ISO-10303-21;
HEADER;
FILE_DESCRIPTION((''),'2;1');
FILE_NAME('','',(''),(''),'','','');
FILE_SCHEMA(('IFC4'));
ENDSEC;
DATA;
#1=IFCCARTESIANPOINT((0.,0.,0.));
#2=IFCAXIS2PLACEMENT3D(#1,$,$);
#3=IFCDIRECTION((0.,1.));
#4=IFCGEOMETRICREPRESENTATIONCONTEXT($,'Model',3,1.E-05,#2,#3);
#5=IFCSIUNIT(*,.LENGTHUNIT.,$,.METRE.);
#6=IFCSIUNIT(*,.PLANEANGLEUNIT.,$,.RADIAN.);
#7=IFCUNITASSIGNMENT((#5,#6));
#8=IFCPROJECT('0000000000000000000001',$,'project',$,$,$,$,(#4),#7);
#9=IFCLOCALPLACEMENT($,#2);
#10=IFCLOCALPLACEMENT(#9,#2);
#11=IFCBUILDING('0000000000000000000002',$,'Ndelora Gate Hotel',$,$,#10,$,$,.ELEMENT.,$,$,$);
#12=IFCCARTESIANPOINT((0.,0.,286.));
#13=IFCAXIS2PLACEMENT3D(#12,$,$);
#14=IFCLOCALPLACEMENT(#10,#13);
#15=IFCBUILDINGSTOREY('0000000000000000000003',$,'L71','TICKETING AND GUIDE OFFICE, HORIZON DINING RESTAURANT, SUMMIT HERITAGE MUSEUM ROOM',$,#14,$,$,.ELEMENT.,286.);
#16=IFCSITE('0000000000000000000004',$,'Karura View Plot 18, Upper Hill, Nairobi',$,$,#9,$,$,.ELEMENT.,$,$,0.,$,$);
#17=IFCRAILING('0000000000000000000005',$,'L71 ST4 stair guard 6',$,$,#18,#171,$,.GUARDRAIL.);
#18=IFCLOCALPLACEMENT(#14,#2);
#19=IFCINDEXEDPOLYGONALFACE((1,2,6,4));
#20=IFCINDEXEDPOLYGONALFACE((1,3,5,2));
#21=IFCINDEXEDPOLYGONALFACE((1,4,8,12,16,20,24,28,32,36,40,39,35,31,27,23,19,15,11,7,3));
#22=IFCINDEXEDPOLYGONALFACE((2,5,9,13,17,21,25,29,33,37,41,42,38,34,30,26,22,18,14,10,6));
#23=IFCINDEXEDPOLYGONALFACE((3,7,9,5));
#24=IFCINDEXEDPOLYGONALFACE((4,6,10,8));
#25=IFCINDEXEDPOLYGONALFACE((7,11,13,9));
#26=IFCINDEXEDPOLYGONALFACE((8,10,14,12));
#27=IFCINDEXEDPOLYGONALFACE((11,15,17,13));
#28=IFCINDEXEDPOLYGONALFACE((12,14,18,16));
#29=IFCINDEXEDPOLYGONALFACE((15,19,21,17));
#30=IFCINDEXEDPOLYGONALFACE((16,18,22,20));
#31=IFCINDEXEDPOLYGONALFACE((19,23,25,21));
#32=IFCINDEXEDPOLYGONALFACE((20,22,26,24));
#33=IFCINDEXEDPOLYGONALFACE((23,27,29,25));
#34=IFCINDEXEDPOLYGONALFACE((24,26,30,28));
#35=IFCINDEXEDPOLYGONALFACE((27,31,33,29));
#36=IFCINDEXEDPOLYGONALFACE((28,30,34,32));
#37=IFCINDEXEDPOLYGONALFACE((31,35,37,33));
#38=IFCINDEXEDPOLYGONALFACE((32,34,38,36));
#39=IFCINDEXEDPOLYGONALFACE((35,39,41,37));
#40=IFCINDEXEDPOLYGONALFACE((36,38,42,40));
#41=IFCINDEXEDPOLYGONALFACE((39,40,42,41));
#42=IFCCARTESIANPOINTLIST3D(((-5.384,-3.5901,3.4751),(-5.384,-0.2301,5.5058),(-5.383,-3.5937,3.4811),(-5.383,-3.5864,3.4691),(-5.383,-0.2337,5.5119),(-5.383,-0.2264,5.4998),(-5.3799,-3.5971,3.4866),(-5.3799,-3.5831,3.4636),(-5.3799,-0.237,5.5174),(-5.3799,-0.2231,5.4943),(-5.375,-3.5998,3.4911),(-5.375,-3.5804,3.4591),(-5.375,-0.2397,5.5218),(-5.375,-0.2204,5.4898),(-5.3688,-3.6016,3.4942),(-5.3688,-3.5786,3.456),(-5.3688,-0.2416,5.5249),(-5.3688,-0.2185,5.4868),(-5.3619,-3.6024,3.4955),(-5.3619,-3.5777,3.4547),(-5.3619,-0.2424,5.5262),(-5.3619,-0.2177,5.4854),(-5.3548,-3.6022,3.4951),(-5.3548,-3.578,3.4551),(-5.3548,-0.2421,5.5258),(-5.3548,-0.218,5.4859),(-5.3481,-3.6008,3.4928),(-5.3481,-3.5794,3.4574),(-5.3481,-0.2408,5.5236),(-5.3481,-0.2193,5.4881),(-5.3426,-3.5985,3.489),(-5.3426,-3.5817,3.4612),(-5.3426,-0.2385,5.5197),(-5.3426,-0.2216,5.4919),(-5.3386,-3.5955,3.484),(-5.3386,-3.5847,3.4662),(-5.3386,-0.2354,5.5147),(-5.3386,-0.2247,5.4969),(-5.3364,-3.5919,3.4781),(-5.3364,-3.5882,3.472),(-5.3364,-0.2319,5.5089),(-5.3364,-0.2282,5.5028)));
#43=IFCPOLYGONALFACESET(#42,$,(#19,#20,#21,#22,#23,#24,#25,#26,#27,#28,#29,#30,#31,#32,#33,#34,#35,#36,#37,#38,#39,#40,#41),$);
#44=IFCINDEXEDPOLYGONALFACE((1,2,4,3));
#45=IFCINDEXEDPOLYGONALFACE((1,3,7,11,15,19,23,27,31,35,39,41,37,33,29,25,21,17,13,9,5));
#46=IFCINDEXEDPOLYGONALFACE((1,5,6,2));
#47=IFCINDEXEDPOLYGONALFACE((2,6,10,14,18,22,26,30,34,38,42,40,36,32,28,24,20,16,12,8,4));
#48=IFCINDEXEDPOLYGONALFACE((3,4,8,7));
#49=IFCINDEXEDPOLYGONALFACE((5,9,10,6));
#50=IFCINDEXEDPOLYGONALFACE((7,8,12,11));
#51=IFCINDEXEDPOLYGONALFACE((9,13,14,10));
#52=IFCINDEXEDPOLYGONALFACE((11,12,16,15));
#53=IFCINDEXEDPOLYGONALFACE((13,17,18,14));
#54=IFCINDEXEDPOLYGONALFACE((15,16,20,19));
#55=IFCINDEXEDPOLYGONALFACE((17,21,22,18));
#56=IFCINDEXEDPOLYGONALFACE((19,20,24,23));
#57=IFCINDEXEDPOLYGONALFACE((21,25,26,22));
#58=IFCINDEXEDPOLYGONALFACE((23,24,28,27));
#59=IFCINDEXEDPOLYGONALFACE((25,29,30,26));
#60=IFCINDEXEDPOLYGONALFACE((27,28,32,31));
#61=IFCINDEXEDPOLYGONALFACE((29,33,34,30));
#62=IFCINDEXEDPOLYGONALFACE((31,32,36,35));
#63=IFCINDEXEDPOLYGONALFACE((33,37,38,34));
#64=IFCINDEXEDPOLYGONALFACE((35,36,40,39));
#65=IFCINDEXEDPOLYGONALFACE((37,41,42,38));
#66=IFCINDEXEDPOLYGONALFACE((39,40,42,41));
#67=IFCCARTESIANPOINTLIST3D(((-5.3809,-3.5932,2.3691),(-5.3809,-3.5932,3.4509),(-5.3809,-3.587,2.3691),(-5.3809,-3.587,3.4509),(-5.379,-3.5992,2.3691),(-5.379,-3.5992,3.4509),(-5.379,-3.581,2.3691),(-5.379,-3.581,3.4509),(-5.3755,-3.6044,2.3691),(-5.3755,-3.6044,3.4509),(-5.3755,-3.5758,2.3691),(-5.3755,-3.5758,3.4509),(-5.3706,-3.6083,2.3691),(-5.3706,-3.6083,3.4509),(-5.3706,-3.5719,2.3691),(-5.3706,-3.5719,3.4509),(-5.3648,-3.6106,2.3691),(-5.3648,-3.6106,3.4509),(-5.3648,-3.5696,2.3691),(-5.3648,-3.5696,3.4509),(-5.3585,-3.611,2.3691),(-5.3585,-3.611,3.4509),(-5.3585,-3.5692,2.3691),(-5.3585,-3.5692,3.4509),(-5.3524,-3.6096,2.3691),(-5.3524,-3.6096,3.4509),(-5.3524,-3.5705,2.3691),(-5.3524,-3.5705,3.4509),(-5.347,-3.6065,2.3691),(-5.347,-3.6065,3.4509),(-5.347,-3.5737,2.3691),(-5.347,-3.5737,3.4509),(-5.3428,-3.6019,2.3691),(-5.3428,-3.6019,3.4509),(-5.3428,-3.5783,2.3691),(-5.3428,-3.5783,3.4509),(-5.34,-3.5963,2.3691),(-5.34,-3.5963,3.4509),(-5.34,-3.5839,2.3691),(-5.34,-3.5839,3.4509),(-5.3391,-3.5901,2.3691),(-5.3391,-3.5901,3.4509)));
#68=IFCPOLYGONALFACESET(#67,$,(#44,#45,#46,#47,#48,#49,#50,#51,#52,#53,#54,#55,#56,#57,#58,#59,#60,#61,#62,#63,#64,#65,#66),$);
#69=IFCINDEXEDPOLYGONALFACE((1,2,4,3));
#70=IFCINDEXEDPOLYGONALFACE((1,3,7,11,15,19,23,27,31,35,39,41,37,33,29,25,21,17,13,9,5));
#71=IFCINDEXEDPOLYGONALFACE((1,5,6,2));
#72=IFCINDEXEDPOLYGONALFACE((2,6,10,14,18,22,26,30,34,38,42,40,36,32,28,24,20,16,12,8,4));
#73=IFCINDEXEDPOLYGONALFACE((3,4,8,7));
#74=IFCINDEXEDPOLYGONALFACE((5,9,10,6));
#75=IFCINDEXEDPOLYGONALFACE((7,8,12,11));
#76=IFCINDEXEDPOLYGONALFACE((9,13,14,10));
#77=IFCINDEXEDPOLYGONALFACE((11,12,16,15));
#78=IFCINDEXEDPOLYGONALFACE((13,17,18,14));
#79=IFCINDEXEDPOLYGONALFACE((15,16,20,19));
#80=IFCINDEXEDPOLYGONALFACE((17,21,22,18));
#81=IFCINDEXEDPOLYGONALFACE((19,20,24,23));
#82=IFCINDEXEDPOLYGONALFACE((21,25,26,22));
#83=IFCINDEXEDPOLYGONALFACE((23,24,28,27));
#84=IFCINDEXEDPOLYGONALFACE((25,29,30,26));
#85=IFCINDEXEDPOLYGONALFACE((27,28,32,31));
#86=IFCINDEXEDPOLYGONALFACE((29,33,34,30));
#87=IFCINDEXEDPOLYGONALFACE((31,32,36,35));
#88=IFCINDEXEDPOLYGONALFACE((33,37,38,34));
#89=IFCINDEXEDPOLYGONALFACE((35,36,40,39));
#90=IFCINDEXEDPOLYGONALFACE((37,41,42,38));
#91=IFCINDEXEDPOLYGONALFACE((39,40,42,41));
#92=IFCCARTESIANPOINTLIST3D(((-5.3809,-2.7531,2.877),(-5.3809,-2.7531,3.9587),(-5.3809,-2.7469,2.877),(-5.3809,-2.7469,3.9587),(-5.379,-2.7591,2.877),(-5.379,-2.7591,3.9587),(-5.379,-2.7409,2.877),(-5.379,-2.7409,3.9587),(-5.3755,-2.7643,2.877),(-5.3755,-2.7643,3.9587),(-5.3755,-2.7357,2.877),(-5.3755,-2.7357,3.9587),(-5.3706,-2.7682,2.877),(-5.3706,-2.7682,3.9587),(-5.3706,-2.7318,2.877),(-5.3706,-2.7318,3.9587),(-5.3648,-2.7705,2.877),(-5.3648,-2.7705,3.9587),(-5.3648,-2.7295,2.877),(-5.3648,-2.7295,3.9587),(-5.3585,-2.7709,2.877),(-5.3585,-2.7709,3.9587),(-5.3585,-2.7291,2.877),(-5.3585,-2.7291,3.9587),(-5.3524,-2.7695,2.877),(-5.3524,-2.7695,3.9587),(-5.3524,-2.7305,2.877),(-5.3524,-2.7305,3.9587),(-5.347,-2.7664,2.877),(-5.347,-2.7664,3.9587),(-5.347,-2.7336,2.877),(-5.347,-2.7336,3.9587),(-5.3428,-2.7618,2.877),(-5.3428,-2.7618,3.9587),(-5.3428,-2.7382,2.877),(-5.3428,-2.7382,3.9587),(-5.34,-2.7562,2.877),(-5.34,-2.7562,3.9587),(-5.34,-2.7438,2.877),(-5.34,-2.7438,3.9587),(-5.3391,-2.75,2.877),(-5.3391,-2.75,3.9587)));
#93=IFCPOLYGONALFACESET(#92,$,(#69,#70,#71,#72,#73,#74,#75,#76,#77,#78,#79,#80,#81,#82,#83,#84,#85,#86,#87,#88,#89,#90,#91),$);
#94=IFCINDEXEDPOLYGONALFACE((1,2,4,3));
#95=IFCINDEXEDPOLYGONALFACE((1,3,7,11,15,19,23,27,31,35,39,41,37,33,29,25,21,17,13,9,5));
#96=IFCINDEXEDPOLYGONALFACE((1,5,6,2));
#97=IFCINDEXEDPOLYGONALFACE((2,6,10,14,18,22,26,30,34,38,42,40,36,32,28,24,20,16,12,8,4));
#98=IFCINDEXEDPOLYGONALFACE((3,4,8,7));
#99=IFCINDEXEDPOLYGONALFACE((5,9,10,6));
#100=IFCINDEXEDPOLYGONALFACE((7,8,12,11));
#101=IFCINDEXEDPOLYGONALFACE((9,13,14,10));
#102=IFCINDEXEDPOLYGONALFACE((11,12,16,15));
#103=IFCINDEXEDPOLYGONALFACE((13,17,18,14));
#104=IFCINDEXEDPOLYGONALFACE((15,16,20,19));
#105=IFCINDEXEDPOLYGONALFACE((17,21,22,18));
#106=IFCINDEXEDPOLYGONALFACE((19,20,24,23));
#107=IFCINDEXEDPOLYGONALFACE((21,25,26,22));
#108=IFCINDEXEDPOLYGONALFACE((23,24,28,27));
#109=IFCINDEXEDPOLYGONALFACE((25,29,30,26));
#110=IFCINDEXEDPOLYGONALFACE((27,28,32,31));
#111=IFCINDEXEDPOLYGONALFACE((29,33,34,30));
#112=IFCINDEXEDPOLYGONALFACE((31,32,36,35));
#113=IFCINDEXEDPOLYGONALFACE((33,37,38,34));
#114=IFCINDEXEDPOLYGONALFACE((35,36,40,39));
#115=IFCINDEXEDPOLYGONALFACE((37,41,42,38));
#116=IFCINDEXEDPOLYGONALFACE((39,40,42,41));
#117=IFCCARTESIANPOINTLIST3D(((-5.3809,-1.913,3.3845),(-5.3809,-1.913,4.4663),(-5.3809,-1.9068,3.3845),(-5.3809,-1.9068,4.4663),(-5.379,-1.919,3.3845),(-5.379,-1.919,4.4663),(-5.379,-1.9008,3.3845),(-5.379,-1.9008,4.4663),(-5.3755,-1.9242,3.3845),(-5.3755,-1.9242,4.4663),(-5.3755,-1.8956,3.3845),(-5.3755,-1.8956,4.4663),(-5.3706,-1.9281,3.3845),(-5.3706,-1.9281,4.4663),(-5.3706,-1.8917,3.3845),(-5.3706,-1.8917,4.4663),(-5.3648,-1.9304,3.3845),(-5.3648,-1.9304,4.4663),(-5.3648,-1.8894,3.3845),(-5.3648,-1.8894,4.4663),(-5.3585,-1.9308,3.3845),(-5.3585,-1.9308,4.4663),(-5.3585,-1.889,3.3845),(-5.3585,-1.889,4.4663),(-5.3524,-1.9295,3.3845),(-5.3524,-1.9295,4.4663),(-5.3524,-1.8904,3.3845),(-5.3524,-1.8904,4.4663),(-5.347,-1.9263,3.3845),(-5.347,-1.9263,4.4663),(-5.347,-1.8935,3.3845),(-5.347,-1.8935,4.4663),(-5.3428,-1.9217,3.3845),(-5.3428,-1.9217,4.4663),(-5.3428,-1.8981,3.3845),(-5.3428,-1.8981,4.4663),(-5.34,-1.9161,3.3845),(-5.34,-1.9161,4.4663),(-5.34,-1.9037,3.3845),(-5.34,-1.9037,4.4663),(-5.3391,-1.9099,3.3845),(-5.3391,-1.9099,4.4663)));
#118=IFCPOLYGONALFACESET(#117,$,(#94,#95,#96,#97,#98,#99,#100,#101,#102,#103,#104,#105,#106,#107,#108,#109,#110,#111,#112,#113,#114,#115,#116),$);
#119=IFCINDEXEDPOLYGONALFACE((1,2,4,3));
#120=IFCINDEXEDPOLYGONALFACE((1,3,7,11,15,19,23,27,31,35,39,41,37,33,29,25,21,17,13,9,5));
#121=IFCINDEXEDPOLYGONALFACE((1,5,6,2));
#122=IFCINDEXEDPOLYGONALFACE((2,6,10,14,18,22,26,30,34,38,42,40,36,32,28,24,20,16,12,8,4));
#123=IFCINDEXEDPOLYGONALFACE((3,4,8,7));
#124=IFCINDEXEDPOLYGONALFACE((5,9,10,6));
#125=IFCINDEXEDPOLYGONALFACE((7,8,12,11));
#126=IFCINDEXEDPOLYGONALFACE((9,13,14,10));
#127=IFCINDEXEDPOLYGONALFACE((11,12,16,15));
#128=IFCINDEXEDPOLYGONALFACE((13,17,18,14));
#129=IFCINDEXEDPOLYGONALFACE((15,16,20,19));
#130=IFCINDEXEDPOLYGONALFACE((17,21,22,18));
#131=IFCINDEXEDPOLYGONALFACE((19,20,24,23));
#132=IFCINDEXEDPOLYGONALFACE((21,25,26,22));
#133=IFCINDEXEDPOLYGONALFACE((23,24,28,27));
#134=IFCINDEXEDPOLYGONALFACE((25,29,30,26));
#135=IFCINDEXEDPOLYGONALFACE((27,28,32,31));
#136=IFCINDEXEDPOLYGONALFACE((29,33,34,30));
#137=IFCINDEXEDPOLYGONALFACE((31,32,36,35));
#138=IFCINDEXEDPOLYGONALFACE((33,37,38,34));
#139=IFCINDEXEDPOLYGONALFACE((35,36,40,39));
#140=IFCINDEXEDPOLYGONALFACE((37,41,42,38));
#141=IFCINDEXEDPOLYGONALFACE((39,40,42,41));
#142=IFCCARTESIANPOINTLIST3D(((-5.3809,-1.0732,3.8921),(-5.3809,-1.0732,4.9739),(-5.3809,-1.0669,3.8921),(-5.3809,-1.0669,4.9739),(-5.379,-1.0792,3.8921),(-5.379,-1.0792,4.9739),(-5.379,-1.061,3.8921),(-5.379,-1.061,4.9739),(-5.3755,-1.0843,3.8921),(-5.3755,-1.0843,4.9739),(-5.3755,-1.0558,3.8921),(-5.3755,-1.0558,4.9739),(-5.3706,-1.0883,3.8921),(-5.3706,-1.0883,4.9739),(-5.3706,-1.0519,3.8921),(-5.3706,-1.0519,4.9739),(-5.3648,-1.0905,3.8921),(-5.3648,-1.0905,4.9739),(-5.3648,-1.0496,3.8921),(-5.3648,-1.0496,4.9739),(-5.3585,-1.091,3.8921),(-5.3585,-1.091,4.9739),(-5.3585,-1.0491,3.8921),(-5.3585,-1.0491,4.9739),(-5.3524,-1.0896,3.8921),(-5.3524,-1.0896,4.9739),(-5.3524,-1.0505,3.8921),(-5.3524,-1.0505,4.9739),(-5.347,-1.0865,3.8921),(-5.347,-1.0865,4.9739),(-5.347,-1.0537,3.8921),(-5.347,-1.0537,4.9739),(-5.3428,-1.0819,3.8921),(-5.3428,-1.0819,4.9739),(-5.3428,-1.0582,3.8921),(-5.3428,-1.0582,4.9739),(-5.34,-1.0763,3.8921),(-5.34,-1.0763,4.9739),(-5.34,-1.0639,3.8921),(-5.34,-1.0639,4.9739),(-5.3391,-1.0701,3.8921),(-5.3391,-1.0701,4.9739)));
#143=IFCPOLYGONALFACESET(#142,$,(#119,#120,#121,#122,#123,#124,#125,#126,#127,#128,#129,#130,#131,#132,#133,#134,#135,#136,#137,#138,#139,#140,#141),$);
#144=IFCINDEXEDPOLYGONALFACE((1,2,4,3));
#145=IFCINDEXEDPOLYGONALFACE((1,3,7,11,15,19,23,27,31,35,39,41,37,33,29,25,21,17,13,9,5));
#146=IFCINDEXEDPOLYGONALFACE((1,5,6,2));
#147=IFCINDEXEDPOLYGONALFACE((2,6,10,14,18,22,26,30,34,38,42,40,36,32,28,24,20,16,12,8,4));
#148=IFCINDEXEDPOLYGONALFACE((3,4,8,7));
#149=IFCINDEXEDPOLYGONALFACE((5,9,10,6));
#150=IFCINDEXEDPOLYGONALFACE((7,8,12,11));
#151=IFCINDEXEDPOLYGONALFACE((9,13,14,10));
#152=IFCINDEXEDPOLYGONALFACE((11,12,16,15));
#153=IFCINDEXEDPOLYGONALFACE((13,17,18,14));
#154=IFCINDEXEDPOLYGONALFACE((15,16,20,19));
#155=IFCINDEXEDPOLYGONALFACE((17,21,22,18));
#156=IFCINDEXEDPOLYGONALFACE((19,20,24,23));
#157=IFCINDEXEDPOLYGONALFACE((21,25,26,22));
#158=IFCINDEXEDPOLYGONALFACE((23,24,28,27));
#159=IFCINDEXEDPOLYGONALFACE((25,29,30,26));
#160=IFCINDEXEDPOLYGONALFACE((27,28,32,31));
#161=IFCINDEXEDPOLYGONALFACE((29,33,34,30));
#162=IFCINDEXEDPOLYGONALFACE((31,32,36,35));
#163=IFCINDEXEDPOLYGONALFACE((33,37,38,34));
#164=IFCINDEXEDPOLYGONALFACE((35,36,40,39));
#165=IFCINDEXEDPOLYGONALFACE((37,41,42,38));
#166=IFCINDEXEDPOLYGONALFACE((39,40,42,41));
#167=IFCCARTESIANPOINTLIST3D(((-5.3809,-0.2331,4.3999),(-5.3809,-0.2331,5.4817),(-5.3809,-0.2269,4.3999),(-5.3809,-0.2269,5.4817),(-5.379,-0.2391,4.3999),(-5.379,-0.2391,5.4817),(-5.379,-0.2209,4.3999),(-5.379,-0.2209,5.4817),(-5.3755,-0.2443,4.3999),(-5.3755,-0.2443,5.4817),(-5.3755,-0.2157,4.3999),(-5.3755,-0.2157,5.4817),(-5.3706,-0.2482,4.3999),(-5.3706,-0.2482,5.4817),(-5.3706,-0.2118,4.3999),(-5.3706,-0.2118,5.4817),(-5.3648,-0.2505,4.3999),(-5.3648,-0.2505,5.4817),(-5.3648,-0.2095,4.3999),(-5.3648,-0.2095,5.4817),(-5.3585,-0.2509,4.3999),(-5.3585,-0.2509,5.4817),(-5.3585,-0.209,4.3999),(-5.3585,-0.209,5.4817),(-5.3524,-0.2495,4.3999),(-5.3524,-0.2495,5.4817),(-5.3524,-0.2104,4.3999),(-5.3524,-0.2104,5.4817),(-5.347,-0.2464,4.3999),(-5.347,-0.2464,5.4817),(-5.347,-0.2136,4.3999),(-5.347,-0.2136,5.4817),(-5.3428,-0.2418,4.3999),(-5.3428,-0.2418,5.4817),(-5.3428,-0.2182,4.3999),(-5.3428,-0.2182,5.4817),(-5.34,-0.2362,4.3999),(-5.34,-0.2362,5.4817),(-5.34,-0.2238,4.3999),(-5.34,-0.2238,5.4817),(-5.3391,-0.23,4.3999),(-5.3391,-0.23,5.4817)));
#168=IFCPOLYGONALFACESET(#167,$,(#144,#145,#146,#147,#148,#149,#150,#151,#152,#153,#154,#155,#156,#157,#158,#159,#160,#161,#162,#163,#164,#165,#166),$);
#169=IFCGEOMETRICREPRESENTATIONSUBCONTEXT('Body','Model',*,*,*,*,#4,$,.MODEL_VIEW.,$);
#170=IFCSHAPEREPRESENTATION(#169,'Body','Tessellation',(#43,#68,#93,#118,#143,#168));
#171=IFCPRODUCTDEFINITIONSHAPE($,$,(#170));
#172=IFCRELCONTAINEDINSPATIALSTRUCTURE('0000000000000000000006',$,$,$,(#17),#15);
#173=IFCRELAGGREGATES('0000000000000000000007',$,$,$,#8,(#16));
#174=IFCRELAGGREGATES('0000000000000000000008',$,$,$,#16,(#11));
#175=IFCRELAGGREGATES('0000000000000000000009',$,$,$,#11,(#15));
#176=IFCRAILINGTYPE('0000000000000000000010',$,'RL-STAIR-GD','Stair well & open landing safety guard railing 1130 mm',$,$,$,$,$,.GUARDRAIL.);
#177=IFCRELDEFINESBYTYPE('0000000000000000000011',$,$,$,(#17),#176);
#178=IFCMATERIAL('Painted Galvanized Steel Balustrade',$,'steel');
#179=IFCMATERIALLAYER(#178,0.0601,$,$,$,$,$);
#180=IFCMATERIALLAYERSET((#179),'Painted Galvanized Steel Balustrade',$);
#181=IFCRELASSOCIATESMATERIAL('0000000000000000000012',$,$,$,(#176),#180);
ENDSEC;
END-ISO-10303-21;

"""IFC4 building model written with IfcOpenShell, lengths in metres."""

from ifc_helpers import new_model, si_unit, direction, frame, origin, origin_2d, place, context, subcontext, project, spatial, circle, extrude, material, layer, layer_set, type_object, element, save


model = new_model("IFC4")

# Units and contexts
model_context = context("Model", 3, precision=1e-05, world=origin(), true_north=direction((0.0, 1.0)))
body_context = subcontext(model_context, "Body", "Model", "MODEL_VIEW")
ifc_project = project(units=[si_unit("LENGTHUNIT", "METRE"), si_unit("PLANEANGLEUNIT", "RADIAN")], contexts=[model_context])

# Site, building, storey
site_placement = place(None, origin())
site = spatial("IfcSite", under=ifc_project, at=site_placement, Name="Karura View Plot 18, Upper Hill, Nairobi", CompositionType="ELEMENT", RefElevation=0.0)
building_placement = place(site_placement, origin())
building = spatial("IfcBuilding", under=site, at=building_placement, Name="Ndelora Gate Hotel", CompositionType="ELEMENT")
storey_placement = place(building_placement, frame((0.0, 0.0, 286.0)))
storey = spatial("IfcBuildingStorey", under=building, at=storey_placement, Name="L71", Description="TICKETING AND GUIDE OFFICE, HORIZON DINING RESTAURANT, SUMMIT HERITAGE MUSEUM ROOM", CompositionType="ELEMENT", Elevation=286.0)

# Railing
ifc_material_1 = material(Name="Painted Galvanized Steel Balustrade", Category="steel")
ifc_layer_1 = layer(ifc_material_1, 0.0601)
ifc_layer_set_1 = layer_set([ifc_layer_1], Name="Painted Galvanized Steel Balustrade")
railing_type_1 = type_object("IfcRailingType", Name="RL-STAIR-GD", Description="Stair well & open landing safety guard railing 1130 mm", PredefinedType="GUARDRAIL", material=ifc_layer_set_1)
railing_1_placement = place(storey_placement, frame((-5.3601, -3.5901, 2.3691)))
element("IfcRailing", 1, at=railing_1_placement, inside=storey, type_object=railing_type_1, Name="L71 ST4 stair guard 6", PredefinedType="GUARDRAIL", context=body_context, shape_type="SweptSolid", body=[
    extrude(circle(Radius=0.0239, at=origin_2d()), frame((0.0, 0.0, 1.106), z_axis=(0.0, 0.855837, 0.517246), x_axis=(-1.0, 0.0, 0.0)), (0.0, 0.0, 1.0), 3.926),
    extrude(circle(Radius=0.021, at=origin_2d()), origin(), (0.0, 0.0, 1.0), 1.0818),
    extrude(circle(Radius=0.021, at=origin_2d()), frame((0.0, 0.8401, 0.5078)), (0.0, 0.0, 1.0), 1.0818),
    extrude(circle(Radius=0.021, at=origin_2d()), frame((0.0, 1.6802, 1.0154)), (0.0, 0.0, 1.0), 1.0818),
    extrude(circle(Radius=0.021, at=origin_2d()), frame((0.0, 2.52, 1.5229)), (0.0, 0.0, 1.0), 1.0818),
    extrude(circle(Radius=0.021, at=origin_2d()), frame((0.0, 3.3601, 2.0308)), (0.0, 0.0, 1.0), 1.0818),
])

save(model, "model.ifc")
